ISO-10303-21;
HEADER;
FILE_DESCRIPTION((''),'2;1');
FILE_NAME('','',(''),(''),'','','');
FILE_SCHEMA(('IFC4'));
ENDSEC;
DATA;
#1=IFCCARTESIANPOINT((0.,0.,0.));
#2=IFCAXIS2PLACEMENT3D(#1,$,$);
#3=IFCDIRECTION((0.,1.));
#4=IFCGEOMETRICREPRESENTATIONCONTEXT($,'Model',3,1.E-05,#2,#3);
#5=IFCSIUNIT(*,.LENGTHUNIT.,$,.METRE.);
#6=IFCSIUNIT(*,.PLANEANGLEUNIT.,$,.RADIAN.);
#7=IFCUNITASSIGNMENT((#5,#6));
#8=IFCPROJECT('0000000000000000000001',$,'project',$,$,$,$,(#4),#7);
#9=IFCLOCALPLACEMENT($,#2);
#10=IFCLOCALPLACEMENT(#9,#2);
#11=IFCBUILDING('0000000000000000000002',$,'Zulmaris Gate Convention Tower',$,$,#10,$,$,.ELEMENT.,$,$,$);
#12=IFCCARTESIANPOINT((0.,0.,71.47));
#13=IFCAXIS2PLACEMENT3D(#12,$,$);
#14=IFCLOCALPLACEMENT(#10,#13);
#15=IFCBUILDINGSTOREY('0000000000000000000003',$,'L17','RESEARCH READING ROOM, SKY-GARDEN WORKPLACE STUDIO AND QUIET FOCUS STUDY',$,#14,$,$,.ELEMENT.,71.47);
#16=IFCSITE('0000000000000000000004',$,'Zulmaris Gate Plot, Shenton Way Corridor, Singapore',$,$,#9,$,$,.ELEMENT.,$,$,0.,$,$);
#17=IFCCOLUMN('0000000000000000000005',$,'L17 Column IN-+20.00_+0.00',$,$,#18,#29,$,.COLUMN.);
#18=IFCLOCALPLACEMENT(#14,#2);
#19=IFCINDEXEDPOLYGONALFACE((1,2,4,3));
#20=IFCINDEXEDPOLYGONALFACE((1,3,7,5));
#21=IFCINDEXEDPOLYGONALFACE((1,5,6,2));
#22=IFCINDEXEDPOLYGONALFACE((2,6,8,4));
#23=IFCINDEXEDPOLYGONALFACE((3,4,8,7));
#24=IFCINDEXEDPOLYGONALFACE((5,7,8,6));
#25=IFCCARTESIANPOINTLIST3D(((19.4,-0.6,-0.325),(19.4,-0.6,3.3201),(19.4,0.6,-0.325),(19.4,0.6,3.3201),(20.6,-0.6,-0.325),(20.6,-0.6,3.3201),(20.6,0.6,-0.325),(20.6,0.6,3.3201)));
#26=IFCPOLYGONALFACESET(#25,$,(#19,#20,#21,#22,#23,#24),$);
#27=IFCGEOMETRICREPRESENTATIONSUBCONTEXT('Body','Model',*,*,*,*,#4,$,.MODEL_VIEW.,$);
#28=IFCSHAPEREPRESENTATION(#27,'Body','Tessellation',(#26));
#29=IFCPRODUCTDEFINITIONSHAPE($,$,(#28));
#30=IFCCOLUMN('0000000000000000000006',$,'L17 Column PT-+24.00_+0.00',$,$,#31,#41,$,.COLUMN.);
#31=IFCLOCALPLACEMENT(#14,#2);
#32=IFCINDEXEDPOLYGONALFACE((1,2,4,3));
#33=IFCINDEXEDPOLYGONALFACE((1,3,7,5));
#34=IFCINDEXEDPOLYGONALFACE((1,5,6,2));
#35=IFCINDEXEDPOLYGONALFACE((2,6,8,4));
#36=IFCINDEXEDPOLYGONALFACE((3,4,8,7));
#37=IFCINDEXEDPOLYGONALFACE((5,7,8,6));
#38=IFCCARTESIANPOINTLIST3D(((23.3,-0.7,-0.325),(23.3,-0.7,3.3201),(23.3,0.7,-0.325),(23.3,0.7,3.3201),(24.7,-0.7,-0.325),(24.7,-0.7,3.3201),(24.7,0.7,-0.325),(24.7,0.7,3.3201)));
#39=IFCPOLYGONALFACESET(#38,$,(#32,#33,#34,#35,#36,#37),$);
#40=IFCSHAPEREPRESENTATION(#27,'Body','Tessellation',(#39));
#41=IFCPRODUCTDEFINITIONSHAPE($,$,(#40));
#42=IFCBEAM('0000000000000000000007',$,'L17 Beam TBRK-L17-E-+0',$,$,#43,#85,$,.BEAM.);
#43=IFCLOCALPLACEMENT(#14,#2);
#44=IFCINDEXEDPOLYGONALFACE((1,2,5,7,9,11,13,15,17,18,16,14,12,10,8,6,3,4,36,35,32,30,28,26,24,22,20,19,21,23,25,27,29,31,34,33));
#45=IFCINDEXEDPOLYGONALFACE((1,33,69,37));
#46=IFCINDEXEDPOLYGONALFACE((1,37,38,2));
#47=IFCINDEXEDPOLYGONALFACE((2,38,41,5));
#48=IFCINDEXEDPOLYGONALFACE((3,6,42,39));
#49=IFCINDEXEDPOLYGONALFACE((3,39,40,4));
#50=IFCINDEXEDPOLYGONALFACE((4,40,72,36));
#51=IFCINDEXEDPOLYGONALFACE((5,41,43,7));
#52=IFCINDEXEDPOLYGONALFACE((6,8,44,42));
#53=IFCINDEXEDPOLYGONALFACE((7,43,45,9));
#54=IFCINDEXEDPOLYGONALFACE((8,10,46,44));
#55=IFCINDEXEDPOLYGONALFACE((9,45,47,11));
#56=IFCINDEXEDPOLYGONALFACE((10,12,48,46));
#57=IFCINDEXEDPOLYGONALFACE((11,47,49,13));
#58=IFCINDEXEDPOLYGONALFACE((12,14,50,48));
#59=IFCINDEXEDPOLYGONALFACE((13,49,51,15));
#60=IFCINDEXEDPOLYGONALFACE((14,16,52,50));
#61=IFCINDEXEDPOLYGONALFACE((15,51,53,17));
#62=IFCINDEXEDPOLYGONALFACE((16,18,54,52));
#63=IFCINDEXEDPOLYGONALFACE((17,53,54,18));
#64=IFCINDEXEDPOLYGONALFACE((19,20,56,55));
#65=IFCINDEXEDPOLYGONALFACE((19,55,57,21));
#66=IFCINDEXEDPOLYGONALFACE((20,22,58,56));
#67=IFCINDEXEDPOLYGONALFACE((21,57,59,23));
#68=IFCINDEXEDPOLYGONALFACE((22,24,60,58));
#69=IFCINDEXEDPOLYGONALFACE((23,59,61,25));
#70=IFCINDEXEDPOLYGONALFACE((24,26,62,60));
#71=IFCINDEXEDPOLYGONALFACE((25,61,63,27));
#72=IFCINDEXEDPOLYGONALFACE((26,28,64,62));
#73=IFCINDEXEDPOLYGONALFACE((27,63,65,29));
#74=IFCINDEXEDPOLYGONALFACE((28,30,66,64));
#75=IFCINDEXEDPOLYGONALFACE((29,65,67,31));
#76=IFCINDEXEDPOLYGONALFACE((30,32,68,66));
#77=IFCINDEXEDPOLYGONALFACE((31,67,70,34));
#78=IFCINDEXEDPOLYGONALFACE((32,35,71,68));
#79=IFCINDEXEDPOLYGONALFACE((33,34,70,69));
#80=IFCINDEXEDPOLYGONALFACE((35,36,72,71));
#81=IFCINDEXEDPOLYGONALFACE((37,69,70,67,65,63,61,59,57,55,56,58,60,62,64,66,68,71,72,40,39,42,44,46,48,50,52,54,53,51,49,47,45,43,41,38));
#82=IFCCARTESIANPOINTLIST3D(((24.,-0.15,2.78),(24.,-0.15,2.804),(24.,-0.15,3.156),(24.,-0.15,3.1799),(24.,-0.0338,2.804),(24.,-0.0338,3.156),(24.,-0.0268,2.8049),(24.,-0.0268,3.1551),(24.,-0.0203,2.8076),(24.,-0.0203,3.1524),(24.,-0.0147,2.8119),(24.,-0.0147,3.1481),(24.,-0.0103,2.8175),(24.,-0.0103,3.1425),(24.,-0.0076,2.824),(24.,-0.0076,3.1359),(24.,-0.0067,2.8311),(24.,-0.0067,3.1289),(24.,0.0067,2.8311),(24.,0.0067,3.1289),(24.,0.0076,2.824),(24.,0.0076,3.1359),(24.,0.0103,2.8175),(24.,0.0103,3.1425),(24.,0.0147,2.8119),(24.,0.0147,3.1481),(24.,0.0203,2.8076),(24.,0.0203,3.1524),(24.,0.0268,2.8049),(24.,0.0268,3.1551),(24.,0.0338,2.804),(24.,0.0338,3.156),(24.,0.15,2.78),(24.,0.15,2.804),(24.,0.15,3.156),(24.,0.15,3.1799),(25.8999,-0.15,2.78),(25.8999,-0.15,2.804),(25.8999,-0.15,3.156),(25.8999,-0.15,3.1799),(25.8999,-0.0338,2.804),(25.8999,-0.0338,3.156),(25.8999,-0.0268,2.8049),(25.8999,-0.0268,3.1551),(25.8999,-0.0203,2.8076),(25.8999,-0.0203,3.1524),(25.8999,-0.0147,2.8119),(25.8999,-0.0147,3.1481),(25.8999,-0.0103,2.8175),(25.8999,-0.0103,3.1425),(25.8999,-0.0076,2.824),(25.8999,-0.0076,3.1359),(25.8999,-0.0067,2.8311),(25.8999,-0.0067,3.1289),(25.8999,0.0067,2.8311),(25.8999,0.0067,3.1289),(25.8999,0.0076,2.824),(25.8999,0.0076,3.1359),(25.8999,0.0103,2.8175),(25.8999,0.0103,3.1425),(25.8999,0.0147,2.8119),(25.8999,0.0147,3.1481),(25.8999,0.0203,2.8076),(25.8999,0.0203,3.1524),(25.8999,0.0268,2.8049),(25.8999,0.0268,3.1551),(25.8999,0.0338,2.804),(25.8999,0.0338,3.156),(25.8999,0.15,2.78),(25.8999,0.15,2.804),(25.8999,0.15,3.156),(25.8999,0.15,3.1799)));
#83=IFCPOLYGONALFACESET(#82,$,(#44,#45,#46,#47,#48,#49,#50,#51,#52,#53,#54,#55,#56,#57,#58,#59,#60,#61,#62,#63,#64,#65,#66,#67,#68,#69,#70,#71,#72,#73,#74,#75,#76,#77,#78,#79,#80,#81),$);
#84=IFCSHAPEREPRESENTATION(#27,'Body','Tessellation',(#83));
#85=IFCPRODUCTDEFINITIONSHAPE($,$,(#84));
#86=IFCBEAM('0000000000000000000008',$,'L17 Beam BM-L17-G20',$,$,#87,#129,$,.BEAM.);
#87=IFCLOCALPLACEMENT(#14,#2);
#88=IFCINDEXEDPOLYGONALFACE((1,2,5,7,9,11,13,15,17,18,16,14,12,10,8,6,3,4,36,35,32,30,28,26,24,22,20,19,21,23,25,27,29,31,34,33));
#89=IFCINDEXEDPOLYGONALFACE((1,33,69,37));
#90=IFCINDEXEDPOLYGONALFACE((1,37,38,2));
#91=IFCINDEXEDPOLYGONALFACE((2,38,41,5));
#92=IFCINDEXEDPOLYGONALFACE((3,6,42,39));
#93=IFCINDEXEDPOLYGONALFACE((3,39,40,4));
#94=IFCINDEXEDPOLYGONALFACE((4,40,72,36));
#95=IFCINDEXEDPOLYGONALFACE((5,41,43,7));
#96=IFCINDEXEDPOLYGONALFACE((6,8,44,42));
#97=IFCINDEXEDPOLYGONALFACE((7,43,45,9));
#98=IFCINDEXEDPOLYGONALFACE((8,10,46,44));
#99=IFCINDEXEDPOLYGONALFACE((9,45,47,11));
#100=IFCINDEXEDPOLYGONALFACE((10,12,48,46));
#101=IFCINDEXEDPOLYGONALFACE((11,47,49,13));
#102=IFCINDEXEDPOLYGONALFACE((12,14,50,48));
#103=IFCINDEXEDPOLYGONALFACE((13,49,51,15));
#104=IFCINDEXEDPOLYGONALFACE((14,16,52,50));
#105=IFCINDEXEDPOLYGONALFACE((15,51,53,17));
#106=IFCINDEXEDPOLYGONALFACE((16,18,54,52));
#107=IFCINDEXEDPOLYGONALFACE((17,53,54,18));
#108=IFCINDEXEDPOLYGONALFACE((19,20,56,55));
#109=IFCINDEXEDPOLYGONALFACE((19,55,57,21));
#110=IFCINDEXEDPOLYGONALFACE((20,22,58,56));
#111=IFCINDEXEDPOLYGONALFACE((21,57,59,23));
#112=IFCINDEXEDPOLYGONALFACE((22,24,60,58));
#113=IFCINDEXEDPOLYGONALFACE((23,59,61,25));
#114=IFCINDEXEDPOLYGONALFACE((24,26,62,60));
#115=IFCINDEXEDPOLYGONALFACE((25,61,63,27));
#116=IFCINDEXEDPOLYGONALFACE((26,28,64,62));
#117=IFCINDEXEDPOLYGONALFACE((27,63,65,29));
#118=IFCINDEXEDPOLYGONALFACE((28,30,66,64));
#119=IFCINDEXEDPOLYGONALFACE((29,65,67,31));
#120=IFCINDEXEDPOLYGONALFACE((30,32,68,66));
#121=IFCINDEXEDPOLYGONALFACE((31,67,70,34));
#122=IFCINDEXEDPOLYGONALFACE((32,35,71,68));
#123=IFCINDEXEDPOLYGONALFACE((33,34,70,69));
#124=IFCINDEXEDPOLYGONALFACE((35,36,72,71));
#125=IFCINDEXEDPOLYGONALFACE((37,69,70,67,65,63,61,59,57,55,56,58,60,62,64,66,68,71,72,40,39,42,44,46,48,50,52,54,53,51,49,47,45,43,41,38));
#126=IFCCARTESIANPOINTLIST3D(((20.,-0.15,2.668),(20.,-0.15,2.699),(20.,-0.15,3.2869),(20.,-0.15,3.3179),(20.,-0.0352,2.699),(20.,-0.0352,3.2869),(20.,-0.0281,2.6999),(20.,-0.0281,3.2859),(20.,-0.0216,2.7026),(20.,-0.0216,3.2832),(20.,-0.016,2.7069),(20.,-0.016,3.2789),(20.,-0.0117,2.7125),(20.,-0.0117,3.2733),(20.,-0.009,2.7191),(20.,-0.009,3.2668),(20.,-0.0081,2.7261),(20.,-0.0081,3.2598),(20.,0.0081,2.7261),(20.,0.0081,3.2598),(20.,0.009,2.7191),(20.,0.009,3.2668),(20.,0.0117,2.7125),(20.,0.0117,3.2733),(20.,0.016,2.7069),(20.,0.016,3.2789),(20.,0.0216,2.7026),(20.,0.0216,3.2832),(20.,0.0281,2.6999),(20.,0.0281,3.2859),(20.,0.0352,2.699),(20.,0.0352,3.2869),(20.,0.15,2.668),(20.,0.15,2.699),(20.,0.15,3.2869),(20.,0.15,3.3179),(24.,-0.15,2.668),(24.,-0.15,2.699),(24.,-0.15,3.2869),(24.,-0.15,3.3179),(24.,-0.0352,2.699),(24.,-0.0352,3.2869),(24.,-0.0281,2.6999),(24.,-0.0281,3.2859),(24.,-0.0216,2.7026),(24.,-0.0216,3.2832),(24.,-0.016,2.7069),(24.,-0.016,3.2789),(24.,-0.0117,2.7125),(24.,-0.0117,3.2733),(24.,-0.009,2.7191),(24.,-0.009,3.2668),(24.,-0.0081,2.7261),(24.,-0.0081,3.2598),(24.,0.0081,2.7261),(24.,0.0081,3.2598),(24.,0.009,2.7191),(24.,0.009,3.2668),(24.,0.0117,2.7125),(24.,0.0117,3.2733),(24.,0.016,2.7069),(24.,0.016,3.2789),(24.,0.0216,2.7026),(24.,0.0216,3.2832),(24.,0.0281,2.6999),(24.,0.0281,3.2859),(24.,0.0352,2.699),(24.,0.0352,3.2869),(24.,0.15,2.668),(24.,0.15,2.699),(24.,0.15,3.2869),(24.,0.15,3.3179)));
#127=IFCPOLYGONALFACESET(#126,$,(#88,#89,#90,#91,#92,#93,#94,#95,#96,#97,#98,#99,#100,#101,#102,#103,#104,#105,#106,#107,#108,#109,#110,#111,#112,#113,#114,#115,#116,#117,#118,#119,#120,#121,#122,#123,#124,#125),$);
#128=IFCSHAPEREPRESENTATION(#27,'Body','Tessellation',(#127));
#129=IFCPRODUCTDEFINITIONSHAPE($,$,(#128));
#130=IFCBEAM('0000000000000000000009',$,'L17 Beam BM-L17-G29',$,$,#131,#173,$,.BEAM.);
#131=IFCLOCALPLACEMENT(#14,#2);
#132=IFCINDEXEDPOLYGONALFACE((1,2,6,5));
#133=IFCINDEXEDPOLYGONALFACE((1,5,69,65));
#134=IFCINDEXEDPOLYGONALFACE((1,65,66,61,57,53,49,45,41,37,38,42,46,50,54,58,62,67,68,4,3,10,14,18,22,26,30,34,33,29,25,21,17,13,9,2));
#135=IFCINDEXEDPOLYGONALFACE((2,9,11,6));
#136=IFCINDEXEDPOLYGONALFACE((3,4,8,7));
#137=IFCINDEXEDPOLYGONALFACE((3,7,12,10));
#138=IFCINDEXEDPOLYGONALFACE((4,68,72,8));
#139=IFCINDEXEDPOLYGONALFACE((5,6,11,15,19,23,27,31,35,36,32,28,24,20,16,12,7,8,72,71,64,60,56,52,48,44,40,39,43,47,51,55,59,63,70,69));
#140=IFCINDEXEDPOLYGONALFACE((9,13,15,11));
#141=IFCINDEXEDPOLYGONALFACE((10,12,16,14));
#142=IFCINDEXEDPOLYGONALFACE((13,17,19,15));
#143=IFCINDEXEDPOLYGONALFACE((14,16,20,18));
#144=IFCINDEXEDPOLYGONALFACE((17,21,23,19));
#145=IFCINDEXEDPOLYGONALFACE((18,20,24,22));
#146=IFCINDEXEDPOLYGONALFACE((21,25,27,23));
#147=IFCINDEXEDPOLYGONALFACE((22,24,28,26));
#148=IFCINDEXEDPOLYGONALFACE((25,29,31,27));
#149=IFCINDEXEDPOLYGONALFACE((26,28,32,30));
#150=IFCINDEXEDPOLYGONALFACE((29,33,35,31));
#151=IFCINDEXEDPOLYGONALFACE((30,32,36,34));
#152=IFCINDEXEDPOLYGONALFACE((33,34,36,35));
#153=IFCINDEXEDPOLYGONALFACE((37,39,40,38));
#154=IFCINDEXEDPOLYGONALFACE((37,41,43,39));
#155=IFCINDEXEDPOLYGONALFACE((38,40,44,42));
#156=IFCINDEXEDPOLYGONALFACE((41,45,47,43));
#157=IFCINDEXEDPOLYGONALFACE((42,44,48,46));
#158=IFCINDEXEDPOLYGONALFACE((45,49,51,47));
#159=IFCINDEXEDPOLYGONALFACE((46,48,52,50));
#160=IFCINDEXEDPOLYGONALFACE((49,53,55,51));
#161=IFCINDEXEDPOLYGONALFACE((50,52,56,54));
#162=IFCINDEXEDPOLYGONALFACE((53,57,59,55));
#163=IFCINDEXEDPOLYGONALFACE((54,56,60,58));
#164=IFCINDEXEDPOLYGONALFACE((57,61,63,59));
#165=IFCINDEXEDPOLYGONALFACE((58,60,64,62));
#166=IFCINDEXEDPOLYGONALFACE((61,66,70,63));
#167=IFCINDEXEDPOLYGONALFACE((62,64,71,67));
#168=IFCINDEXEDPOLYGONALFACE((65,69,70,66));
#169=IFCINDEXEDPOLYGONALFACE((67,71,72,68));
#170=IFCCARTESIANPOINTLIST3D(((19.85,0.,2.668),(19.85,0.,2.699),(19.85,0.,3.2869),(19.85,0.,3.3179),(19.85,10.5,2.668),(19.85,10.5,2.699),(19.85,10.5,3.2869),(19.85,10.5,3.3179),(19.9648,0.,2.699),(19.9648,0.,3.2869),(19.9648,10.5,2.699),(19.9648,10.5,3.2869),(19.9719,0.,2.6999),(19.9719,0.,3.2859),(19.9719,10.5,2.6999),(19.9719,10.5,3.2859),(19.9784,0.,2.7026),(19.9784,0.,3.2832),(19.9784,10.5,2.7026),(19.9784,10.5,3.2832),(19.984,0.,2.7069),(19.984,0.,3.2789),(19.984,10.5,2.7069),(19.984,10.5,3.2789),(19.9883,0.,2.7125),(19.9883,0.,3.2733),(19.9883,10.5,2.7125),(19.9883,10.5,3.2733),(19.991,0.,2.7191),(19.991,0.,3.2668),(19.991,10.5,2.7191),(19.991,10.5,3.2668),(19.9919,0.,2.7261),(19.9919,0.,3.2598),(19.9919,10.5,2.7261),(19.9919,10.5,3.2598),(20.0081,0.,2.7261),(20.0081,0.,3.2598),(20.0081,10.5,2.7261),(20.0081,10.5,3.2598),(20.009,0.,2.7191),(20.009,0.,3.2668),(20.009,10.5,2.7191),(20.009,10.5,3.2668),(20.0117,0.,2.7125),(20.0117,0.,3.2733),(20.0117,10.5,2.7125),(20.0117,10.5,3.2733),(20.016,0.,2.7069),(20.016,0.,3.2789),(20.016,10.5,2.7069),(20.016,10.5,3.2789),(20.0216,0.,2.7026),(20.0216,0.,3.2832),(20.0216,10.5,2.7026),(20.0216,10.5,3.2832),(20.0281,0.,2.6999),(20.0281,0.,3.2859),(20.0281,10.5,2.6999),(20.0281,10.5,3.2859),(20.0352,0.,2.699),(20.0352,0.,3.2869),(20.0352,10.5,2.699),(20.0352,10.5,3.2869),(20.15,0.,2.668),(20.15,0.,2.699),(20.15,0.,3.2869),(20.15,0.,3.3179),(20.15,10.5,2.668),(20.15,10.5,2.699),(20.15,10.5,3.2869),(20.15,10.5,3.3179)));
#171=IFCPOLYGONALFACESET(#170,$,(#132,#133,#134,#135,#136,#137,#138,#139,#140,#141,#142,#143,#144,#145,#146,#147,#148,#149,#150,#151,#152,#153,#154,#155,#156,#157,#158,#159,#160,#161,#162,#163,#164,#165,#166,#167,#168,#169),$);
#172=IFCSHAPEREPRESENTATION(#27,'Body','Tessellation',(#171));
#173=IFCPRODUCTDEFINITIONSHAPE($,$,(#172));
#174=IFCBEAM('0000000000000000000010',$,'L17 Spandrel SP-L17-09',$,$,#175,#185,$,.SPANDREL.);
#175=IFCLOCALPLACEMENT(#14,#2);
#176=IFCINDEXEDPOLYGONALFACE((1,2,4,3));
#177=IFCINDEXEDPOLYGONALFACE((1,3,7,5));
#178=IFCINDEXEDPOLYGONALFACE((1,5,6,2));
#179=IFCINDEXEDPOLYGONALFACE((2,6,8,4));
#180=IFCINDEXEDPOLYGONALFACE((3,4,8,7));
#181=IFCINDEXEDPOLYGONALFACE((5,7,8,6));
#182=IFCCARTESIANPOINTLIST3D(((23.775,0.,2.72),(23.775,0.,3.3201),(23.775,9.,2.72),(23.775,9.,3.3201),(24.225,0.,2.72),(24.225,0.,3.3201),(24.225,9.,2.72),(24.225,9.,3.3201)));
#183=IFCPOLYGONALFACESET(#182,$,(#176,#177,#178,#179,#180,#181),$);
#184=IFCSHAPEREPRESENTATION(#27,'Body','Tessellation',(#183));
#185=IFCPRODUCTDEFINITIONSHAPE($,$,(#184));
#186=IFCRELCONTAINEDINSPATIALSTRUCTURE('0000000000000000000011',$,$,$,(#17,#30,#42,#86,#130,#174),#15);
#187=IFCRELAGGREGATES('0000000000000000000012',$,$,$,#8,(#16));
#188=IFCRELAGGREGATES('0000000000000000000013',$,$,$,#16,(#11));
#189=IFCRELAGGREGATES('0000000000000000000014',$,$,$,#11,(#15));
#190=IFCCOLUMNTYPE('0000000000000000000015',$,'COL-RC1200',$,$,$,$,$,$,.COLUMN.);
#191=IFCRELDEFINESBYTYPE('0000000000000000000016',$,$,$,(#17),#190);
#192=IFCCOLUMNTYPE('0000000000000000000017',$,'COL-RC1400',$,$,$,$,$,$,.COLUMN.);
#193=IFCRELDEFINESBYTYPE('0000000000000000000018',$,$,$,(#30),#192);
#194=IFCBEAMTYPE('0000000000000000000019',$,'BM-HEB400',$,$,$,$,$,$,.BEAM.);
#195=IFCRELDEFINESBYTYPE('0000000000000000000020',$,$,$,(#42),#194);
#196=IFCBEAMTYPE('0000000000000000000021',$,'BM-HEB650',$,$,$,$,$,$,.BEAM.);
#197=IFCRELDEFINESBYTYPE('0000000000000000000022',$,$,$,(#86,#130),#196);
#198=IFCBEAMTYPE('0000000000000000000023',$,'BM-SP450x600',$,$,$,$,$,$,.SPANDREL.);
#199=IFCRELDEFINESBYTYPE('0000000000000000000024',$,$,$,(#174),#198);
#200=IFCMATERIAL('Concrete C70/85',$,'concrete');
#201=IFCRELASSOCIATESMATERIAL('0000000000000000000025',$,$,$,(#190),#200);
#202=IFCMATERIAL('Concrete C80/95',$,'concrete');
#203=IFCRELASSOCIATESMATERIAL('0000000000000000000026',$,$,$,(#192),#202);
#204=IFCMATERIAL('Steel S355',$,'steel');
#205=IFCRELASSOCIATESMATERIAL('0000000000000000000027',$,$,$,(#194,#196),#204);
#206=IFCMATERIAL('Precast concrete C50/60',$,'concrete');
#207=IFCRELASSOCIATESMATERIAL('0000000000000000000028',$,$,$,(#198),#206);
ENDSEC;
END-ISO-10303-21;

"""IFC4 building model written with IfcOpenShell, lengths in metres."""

from ifc_helpers import new_model, si_unit, direction, frame, origin, origin_2d, place, context, subcontext, project, spatial, rectangle, i_section, extrude, material, material_profile, profile_set, type_object, element, save


model = new_model("IFC4")

# Units and contexts
model_context = context("Model", 3, precision=1e-05, world=origin(), true_north=direction((0.0, 1.0)))
body_context = subcontext(model_context, "Body", "Model", "MODEL_VIEW")
ifc_project = project(units=[si_unit("LENGTHUNIT", "METRE"), si_unit("PLANEANGLEUNIT", "RADIAN")], contexts=[model_context])

# Site, building, storey
site_placement = place(None, origin())
site = spatial("IfcSite", under=ifc_project, at=site_placement, Name="Zulmaris Gate Plot, Shenton Way Corridor, Singapore", CompositionType="ELEMENT", RefElevation=0.0)
building_placement = place(site_placement, origin())
building = spatial("IfcBuilding", under=site, at=building_placement, Name="Zulmaris Gate Convention Tower", CompositionType="ELEMENT")
storey_placement = place(building_placement, frame((0.0, 0.0, 71.47)))
storey = spatial("IfcBuildingStorey", under=building, at=storey_placement, Name="L17", Description="RESEARCH READING ROOM, SKY-GARDEN WORKPLACE STUDIO AND QUIET FOCUS STUDY", CompositionType="ELEMENT", Elevation=71.47)

# Columns
ifc_material_1 = material(Name="Concrete C70/85", Category="concrete")
ifc_material_profile_1 = material_profile(ifc_material_1, rectangle(XDim=1.2, YDim=1.2, at=origin_2d()), Name="RC COL 1200x1200")
ifc_profile_set_1 = profile_set([ifc_material_profile_1], Name="Concrete C70/85")
column_type_1 = type_object("IfcColumnType", Name="COL-RC1200", PredefinedType="COLUMN", material=ifc_profile_set_1)
column_1_placement = place(storey_placement, frame((20.0, 0.0, -0.325), z_axis=(0.0, 0.0, 1.0), x_axis=(1.0, 0.0, 0.0)))
element("IfcColumn", 1, at=column_1_placement, inside=storey, type_object=column_type_1, Name="L17 Column IN-+20.00_+0.00", PredefinedType="COLUMN", context=body_context, shape_type="SweptSolid", body=[
    extrude(rectangle(XDim=1.2, YDim=1.2, at=origin_2d()), origin(), (0.0, 0.0, 1.0), 3.645),
])
ifc_material_2 = material(Name="Concrete C80/95", Category="concrete")
ifc_material_profile_2 = material_profile(ifc_material_2, rectangle(XDim=1.3999, YDim=1.3999, at=origin_2d()), Name="RC COL 1400x1400")
ifc_profile_set_2 = profile_set([ifc_material_profile_2], Name="Concrete C80/95")
column_type_2 = type_object("IfcColumnType", Name="COL-RC1400", PredefinedType="COLUMN", material=ifc_profile_set_2)
column_2_placement = place(storey_placement, frame((24.0, 0.0, -0.325), z_axis=(0.0, 0.0, 1.0), x_axis=(1.0, 0.0, 0.0)))
element("IfcColumn", 2, at=column_2_placement, inside=storey, type_object=column_type_2, Name="L17 Column PT-+24.00_+0.00", PredefinedType="COLUMN", context=body_context, shape_type="SweptSolid", body=[
    extrude(rectangle(XDim=1.3999, YDim=1.3999, at=origin_2d()), origin(), (0.0, 0.0, 1.0), 3.645),
])

# Beams
ifc_material_3 = material(Name="Steel S355", Category="steel")
ifc_material_profile_3 = material_profile(ifc_material_3, i_section(OverallWidth=0.3, OverallDepth=0.3999, WebThickness=0.0134, FlangeThickness=0.0239, FilletRadius=0.0271, at=origin_2d()), Name="HEB 400")
ifc_profile_set_3 = profile_set([ifc_material_profile_3], Name="Steel S355")
beam_type_1 = type_object("IfcBeamType", Name="BM-HEB400", PredefinedType="BEAM", material=ifc_profile_set_3)
beam_1_placement = place(storey_placement, frame((24.0, 0.0, 2.98), z_axis=(1.0, 0.0, 0.0), x_axis=(0.0, 1.0, 0.0)))
element("IfcBeam", 3, at=beam_1_placement, inside=storey, type_object=beam_type_1, Name="L17 Beam TBRK-L17-E-+0", PredefinedType="BEAM", context=body_context, shape_type="SweptSolid", body=[
    extrude(i_section(OverallWidth=0.3, OverallDepth=0.3999, WebThickness=0.0134, FlangeThickness=0.0239, FilletRadius=0.0271, at=origin_2d()), origin(), (0.0, 0.0, 1.0), 1.8999),
])
ifc_material_profile_4 = material_profile(ifc_material_3, i_section(OverallWidth=0.3, OverallDepth=0.6499, WebThickness=0.0161, FlangeThickness=0.031, FilletRadius=0.0271, at=origin_2d()), Name="HEB 650")
ifc_profile_set_4 = profile_set([ifc_material_profile_4], Name="Steel S355")
beam_type_2 = type_object("IfcBeamType", Name="BM-HEB650", PredefinedType="BEAM", material=ifc_profile_set_4)
beam_2_placement = place(storey_placement, frame((20.0, 0.0, 2.9929), z_axis=(1.0, 0.0, 0.0), x_axis=(0.0, 1.0, 0.0)))
element("IfcBeam", 4, at=beam_2_placement, inside=storey, type_object=beam_type_2, Name="L17 Beam BM-L17-G20", PredefinedType="BEAM", context=body_context, shape_type="SweptSolid", body=[
    extrude(i_section(OverallWidth=0.3, OverallDepth=0.6499, WebThickness=0.0161, FlangeThickness=0.031, FilletRadius=0.0271, at=origin_2d()), origin(), (0.0, 0.0, 1.0), 4.0),
])
beam_3_placement = place(storey_placement, frame((20.0, 0.0, 2.9929), z_axis=(0.0, 1.0, 0.0), x_axis=(-1.0, 0.0, 0.0)))
element("IfcBeam", 5, at=beam_3_placement, inside=storey, type_object=beam_type_2, Name="L17 Beam BM-L17-G29", PredefinedType="BEAM", context=body_context, shape_type="SweptSolid", body=[
    extrude(i_section(OverallWidth=0.3, OverallDepth=0.6499, WebThickness=0.0161, FlangeThickness=0.031, FilletRadius=0.0271, at=origin_2d()), origin(), (0.0, 0.0, 1.0), 10.5),
])
ifc_material_4 = material(Name="Precast concrete C50/60", Category="concrete")
ifc_material_profile_5 = material_profile(ifc_material_4, rectangle(XDim=0.45, YDim=0.6001, at=origin_2d()), Name="RC SPANDREL 450x600")
ifc_profile_set_5 = profile_set([ifc_material_profile_5], Name="Precast concrete C50/60")
beam_type_3 = type_object("IfcBeamType", Name="BM-SP450x600", PredefinedType="SPANDREL", material=ifc_profile_set_5)
beam_4_placement = place(storey_placement, frame((24.0, 0.0, 3.02), z_axis=(0.0, 1.0, 0.0), x_axis=(-1.0, 0.0, 0.0)))
element("IfcBeam", 6, at=beam_4_placement, inside=storey, type_object=beam_type_3, Name="L17 Spandrel SP-L17-09", PredefinedType="SPANDREL", context=body_context, shape_type="SweptSolid", body=[
    extrude(rectangle(XDim=0.45, YDim=0.6001, at=origin_2d()), origin(), (0.0, 0.0, 1.0), 9.0),
])

save(model, "model.ifc")
